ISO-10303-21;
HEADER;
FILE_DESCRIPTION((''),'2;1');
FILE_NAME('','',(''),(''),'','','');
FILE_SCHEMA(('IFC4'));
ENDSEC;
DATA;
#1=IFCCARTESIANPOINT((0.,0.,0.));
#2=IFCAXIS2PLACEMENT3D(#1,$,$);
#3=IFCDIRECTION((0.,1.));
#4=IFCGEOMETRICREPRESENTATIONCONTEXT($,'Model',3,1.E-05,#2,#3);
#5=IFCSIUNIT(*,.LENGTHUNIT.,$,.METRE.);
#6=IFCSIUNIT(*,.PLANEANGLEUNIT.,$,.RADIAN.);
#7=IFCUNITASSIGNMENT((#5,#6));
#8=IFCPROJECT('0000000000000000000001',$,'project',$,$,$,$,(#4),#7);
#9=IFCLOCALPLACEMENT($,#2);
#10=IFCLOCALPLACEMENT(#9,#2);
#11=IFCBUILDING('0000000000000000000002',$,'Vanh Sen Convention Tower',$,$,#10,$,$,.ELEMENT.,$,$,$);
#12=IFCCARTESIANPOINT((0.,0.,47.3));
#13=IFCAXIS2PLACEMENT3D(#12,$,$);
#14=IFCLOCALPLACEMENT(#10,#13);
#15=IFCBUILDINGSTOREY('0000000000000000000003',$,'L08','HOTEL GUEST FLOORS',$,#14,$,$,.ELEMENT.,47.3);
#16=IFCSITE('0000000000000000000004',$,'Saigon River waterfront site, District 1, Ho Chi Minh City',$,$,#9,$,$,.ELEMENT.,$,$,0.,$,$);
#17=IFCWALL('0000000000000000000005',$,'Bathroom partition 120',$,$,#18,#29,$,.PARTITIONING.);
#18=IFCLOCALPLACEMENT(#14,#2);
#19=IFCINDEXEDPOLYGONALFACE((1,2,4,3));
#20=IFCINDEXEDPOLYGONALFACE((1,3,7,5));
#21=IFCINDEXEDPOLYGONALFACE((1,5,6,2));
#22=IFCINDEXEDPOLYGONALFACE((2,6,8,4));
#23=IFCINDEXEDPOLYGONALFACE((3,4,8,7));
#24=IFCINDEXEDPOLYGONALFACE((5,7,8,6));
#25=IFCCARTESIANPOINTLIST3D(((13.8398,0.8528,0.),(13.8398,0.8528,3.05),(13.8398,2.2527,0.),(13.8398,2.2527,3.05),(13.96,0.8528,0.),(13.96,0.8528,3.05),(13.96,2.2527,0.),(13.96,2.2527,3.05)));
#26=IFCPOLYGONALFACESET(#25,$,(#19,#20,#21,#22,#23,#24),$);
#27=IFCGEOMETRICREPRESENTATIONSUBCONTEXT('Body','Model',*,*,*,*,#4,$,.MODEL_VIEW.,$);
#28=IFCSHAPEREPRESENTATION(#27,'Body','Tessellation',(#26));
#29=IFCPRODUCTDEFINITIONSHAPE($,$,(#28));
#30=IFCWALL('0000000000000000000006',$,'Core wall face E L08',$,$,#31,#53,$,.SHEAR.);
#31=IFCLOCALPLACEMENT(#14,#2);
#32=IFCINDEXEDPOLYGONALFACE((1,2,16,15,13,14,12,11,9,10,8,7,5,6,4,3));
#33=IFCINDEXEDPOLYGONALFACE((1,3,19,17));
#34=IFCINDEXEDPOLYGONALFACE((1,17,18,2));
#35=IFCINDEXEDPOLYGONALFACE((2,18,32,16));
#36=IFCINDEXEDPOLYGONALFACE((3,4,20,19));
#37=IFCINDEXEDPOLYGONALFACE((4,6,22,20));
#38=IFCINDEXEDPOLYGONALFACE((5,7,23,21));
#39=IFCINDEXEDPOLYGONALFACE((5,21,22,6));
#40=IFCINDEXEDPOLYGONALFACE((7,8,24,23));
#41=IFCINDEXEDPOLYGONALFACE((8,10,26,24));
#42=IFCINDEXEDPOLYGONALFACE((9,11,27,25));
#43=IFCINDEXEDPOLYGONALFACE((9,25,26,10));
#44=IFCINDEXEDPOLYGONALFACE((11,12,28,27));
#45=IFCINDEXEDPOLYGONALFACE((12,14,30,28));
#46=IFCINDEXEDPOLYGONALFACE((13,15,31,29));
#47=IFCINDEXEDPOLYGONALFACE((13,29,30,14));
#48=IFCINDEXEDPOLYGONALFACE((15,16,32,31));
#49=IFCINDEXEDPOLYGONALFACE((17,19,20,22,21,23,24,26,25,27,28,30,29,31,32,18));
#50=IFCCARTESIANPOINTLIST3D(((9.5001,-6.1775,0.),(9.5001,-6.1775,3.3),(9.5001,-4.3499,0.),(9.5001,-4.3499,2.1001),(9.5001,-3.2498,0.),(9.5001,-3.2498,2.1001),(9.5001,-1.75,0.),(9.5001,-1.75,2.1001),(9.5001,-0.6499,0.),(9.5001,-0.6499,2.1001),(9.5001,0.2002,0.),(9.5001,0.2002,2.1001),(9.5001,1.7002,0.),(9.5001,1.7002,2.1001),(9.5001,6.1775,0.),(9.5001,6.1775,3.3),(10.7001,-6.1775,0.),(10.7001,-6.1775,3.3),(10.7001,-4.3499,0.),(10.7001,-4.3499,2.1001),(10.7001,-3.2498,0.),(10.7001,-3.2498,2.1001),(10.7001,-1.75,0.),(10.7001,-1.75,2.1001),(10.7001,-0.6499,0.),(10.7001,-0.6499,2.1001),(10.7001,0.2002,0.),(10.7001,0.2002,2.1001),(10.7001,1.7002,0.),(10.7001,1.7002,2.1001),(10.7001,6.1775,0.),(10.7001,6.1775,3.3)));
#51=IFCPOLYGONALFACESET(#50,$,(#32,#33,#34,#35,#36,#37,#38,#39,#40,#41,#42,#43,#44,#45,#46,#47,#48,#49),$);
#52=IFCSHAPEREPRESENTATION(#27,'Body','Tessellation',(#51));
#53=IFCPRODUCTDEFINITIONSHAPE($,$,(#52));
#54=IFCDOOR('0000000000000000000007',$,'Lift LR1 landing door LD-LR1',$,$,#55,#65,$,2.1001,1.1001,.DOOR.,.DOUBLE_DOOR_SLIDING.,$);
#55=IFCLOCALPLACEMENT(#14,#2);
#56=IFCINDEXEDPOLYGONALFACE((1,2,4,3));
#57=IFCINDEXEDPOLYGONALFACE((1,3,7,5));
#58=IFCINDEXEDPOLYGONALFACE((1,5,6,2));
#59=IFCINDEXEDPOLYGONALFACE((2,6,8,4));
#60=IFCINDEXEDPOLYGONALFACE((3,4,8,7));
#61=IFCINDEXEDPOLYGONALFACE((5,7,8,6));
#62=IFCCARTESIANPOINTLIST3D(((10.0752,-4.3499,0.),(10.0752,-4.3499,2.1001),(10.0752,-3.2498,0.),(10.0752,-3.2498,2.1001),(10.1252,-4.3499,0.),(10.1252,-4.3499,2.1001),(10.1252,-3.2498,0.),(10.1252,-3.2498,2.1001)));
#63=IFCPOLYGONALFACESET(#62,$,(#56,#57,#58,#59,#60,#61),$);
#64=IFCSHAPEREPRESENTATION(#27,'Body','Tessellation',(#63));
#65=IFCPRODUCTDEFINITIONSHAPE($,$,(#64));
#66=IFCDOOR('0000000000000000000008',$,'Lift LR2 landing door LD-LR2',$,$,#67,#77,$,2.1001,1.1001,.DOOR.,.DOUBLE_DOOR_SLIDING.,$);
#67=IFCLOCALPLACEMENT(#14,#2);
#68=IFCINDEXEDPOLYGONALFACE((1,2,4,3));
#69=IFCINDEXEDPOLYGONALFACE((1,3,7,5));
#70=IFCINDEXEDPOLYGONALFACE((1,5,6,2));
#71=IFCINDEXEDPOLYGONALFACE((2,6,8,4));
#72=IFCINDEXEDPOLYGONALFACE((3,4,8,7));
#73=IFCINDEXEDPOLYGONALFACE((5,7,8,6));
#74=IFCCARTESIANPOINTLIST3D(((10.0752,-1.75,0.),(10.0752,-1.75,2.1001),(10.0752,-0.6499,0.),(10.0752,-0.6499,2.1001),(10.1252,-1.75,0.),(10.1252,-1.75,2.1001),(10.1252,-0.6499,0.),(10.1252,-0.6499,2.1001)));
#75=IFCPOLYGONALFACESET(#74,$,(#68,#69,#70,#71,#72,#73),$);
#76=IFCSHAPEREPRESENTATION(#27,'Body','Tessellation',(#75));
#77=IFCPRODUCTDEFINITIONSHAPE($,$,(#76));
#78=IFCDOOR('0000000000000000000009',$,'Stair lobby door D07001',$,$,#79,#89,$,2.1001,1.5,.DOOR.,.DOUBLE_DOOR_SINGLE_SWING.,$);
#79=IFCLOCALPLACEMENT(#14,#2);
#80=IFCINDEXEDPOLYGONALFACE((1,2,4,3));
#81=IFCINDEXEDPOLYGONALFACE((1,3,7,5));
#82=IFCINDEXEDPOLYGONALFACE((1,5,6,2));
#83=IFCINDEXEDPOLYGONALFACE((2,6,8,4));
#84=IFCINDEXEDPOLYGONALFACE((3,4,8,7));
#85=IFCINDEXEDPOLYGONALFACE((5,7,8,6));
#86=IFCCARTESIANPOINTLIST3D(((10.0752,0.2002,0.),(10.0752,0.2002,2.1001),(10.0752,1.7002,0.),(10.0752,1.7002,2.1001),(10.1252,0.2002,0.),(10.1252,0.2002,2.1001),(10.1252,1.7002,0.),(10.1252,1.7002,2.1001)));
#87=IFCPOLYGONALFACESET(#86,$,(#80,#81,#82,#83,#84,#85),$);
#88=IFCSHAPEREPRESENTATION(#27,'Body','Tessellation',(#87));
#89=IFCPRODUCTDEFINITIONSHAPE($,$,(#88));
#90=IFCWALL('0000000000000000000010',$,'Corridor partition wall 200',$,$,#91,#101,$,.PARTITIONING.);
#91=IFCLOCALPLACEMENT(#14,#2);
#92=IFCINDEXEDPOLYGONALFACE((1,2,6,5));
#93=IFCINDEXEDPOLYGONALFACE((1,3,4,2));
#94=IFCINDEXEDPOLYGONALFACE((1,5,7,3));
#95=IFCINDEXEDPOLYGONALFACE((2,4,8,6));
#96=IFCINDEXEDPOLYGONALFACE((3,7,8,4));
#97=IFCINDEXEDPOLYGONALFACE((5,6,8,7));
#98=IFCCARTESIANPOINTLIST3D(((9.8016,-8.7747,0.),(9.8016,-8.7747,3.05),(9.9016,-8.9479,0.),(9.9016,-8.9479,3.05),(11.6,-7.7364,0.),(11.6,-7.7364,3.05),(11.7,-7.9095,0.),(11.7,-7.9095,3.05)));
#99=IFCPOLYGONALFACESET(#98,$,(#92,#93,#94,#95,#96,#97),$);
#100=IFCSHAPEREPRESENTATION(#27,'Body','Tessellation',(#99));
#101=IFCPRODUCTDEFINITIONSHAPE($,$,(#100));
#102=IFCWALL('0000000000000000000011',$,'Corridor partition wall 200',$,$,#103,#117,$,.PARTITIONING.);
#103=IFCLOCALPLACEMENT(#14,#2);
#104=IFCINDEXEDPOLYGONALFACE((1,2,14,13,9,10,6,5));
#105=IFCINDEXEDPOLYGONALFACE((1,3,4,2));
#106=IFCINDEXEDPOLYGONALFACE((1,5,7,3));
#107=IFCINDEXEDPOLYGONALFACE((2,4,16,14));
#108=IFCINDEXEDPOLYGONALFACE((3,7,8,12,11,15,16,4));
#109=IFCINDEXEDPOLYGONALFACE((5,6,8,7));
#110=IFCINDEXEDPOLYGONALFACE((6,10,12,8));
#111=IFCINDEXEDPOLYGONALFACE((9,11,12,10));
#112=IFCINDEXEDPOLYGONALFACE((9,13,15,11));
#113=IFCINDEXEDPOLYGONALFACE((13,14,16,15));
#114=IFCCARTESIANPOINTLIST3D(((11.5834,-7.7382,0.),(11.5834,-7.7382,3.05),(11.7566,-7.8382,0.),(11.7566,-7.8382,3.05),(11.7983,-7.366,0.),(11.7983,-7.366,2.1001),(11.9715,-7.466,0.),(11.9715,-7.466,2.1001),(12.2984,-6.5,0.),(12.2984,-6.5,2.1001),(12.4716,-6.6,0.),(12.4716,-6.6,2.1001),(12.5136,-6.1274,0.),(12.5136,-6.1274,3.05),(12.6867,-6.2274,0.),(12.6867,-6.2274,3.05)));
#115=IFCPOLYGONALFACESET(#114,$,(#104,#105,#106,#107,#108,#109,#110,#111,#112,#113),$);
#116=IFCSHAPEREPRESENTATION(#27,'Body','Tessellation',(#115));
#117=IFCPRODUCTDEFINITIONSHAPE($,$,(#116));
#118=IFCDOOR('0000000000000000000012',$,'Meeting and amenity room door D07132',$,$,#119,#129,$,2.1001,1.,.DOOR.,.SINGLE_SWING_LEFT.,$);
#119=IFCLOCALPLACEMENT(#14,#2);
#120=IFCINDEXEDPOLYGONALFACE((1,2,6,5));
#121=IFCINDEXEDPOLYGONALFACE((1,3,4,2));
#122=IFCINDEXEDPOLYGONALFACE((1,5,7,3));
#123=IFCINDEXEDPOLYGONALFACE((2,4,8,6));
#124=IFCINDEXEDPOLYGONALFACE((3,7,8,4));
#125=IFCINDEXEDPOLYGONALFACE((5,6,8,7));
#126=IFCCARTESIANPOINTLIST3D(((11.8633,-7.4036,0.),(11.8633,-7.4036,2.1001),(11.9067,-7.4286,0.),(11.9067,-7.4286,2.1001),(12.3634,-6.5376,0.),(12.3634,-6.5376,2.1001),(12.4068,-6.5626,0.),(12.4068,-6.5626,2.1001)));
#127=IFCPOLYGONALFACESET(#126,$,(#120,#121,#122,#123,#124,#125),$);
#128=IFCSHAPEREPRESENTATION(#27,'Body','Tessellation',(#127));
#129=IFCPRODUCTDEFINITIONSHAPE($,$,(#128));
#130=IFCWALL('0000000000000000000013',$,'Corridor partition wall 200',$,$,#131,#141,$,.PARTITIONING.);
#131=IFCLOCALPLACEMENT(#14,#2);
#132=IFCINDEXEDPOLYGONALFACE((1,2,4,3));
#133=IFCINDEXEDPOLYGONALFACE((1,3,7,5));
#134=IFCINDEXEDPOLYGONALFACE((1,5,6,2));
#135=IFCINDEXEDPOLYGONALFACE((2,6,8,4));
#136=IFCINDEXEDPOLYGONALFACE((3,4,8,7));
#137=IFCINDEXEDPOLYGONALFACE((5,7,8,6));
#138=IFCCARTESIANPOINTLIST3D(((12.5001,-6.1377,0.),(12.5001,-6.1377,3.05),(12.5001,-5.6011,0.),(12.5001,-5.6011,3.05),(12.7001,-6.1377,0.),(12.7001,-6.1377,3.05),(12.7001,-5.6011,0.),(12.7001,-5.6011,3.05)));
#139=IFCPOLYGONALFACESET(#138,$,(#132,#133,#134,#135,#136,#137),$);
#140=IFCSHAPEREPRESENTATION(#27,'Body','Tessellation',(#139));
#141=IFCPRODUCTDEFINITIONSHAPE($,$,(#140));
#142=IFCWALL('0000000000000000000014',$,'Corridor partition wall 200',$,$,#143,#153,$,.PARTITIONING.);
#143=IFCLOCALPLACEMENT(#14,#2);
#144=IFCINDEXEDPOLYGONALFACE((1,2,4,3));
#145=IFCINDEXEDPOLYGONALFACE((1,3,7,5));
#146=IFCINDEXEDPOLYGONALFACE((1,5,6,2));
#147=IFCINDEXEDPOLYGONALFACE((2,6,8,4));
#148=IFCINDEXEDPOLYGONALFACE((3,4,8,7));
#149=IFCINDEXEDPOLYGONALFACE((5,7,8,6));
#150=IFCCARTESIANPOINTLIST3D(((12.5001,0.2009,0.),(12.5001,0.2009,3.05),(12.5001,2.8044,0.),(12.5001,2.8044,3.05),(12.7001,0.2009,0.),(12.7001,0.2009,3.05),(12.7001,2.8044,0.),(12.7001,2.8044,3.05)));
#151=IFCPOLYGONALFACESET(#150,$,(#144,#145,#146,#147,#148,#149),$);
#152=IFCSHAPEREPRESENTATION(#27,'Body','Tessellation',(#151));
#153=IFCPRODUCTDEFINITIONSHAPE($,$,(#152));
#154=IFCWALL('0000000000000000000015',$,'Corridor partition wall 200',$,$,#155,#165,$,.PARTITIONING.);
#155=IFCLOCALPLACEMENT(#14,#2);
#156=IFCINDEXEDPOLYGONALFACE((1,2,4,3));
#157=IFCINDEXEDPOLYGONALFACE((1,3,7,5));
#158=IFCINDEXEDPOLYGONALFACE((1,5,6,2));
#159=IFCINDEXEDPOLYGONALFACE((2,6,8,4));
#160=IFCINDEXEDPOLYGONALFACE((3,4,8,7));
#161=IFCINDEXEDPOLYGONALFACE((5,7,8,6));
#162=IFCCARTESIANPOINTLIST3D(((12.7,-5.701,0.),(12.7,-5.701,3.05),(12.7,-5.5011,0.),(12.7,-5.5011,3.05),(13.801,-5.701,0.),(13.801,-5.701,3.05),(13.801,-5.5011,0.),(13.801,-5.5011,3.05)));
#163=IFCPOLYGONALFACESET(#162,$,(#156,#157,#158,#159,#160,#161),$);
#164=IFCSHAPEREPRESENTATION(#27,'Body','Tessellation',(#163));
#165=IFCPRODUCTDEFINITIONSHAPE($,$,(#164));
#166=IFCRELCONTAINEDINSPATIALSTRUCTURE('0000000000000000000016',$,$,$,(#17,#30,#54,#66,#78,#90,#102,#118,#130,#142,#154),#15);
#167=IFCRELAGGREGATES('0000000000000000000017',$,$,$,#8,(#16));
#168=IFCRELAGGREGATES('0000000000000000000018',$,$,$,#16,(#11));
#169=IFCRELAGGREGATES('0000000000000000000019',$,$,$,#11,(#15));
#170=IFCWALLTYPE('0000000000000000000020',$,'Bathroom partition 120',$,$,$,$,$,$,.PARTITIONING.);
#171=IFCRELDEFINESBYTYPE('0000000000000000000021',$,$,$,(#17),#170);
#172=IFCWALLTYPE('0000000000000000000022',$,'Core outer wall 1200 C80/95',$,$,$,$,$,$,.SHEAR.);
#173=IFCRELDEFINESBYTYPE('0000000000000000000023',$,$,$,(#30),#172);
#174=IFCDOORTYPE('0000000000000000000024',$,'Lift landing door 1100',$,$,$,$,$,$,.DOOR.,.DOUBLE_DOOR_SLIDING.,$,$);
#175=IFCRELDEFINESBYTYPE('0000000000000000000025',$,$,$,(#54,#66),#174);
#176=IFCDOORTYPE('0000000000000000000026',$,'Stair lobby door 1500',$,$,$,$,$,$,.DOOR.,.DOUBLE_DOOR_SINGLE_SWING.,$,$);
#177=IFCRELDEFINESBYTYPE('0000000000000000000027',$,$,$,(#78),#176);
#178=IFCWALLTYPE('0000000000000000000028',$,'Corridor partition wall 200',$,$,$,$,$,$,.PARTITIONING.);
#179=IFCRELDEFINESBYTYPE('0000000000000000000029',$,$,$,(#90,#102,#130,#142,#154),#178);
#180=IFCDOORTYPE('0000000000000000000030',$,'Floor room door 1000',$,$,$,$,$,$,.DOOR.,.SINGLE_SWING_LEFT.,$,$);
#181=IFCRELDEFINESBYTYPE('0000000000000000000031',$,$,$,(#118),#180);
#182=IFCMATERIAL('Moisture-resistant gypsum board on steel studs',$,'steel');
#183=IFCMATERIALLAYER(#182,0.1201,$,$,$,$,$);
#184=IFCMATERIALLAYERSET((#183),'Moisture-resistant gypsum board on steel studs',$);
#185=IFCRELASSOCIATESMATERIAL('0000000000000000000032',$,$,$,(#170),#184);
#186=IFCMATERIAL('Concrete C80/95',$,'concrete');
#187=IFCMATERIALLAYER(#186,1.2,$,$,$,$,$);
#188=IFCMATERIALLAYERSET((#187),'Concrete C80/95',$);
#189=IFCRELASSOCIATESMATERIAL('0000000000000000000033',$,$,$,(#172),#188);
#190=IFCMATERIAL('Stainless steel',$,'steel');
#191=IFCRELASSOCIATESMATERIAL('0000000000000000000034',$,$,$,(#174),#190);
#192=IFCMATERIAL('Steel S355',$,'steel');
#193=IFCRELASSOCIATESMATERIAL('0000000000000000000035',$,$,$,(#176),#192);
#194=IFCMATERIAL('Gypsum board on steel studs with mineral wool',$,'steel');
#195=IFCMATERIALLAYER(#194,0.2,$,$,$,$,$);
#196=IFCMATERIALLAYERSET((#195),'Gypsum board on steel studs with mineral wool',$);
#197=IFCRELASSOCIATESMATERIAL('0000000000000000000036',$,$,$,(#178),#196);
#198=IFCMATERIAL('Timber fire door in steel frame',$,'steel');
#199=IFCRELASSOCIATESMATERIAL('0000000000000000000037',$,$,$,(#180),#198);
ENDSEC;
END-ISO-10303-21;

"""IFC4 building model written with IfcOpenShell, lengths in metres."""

from ifc_helpers import new_model, si_unit, direction, frame, frame_2d, origin, place, context, subcontext, project, spatial, rectangle, extrude, material, layer, layer_set, type_object, element, fill, save


model = new_model("IFC4")

# Units and contexts
model_context = context("Model", 3, precision=1e-05, world=origin(), true_north=direction((0.0, 1.0)))
body_context = subcontext(model_context, "Body", "Model", "MODEL_VIEW")
ifc_project = project(units=[si_unit("LENGTHUNIT", "METRE"), si_unit("PLANEANGLEUNIT", "RADIAN")], contexts=[model_context])

# Site, building, storey
site_placement = place(None, origin())
site = spatial("IfcSite", under=ifc_project, at=site_placement, Name="Saigon River waterfront site, District 1, Ho Chi Minh City", CompositionType="ELEMENT", RefElevation=0.0)
building_placement = place(site_placement, origin())
building = spatial("IfcBuilding", under=site, at=building_placement, Name="Vanh Sen Convention Tower", CompositionType="ELEMENT")
storey_placement = place(building_placement, frame((0.0, 0.0, 47.3)))
storey = spatial("IfcBuildingStorey", under=building, at=storey_placement, Name="L08", Description="HOTEL GUEST FLOORS", CompositionType="ELEMENT", Elevation=47.3)

# Wall
ifc_material_1 = material(Name="Moisture-resistant gypsum board on steel studs", Category="steel")
ifc_layer_1 = layer(ifc_material_1, 0.1201)
ifc_layer_set_1 = layer_set([ifc_layer_1], Name="Moisture-resistant gypsum board on steel studs")
wall_type_1 = type_object("IfcWallType", Name="Bathroom partition 120", PredefinedType="PARTITIONING", material=ifc_layer_set_1)
wall_1_placement = place(storey_placement, frame((13.8999, 0.8528, 0.0), z_axis=(0.0, 0.0, 1.0), x_axis=(0.0, 1.0, 0.0)))
element("IfcWall", 1, at=wall_1_placement, inside=storey, type_object=wall_type_1, Name="Bathroom partition 120", PredefinedType="PARTITIONING", context=body_context, shape_type="SweptSolid", body=[
    extrude(rectangle(XDim=1.3999, YDim=0.1201, at=frame_2d((0.7, 0.0))), origin(), (0.0, 0.0, 1.0), 3.05),
])

# Wall, openings, doors
ifc_material_2 = material(Name="Concrete C80/95", Category="concrete")
ifc_layer_2 = layer(ifc_material_2, 1.2)
ifc_layer_set_2 = layer_set([ifc_layer_2], Name="Concrete C80/95")
wall_type_2 = type_object("IfcWallType", Name="Core outer wall 1200 C80/95", PredefinedType="SHEAR", material=ifc_layer_set_2)
wall_2_placement = place(storey_placement, frame((10.1001, -6.1775, 0.0), z_axis=(0.0, 0.0, 1.0), x_axis=(0.0, 1.0, 0.0)))
wall_2 = element("IfcWall", 2, at=wall_2_placement, inside=storey, type_object=wall_type_2, Name="Core wall face E L08", PredefinedType="SHEAR", context=body_context, shape_type="SweptSolid", body=[
    extrude(rectangle(XDim=12.355, YDim=1.2, at=frame_2d((6.1775, 0.0))), origin(), (0.0, 0.0, 1.0), 3.3),
])
opening_1_placement = place(wall_2_placement, frame((6.3777, 0.0, 0.0)))
opening_1 = element("IfcOpeningElement", 3, at=opening_1_placement, cuts=wall_2, PredefinedType="OPENING", context=body_context, shape_type="SweptSolid", body=[
    extrude(rectangle(XDim=1.5, YDim=2.1001, at=frame_2d((0.75, 1.05))), frame((0.0, 0.6099, 0.0), z_axis=(0.0, -1.0, 0.0), x_axis=(1.0, 0.0, 0.0)), (0.0, 0.0, 1.0), 1.22),
])
opening_2_placement = place(wall_2_placement, frame((1.8276, 0.0, 0.0)))
opening_2 = element("IfcOpeningElement", 4, at=opening_2_placement, cuts=wall_2, PredefinedType="OPENING", context=body_context, shape_type="SweptSolid", body=[
    extrude(rectangle(XDim=1.1001, YDim=2.1001, at=frame_2d((0.55, 1.05))), frame((0.0, 0.6099, 0.0), z_axis=(0.0, -1.0, 0.0), x_axis=(1.0, 0.0, 0.0)), (0.0, 0.0, 1.0), 1.22),
])
opening_3_placement = place(wall_2_placement, frame((4.4275, 0.0, 0.0)))
opening_3 = element("IfcOpeningElement", 5, at=opening_3_placement, cuts=wall_2, PredefinedType="OPENING", context=body_context, shape_type="SweptSolid", body=[
    extrude(rectangle(XDim=1.1001, YDim=2.1001, at=frame_2d((0.55, 1.05))), frame((0.0, 0.6099, 0.0), z_axis=(0.0, -1.0, 0.0), x_axis=(1.0, 0.0, 0.0)), (0.0, 0.0, 1.0), 1.22),
])
ifc_material_3 = material(Name="Stainless steel", Category="steel")
door_type_1 = type_object("IfcDoorType", Name="Lift landing door 1100", OperationType="DOUBLE_DOOR_SLIDING", PredefinedType="DOOR", material=ifc_material_3)
door_1_placement = place(opening_2_placement, origin())
door_1 = element("IfcDoor", 6, at=door_1_placement, inside=storey, type_object=door_type_1, Name="Lift LR1 landing door LD-LR1", OperationType="DOUBLE_DOOR_SLIDING", OverallHeight=2.1001, OverallWidth=1.1001, PredefinedType="DOOR", context=body_context, shape_type="SweptSolid", body=[
    extrude(rectangle(XDim=1.1001, YDim=2.1001, at=frame_2d((0.55, 1.05))), frame((0.0, 0.0249, 0.0), z_axis=(0.0, -1.0, 0.0), x_axis=(1.0, 0.0, 0.0)), (0.0, 0.0, 1.0), 0.05),
])
fill(opening_2, door_1)
door_2_placement = place(opening_3_placement, origin())
door_2 = element("IfcDoor", 7, at=door_2_placement, inside=storey, type_object=door_type_1, Name="Lift LR2 landing door LD-LR2", OperationType="DOUBLE_DOOR_SLIDING", OverallHeight=2.1001, OverallWidth=1.1001, PredefinedType="DOOR", context=body_context, shape_type="SweptSolid", body=[
    extrude(rectangle(XDim=1.1001, YDim=2.1001, at=frame_2d((0.55, 1.05))), frame((0.0, 0.0249, 0.0), z_axis=(0.0, -1.0, 0.0), x_axis=(1.0, 0.0, 0.0)), (0.0, 0.0, 1.0), 0.05),
])
fill(opening_3, door_2)
ifc_material_4 = material(Name="Steel S355", Category="steel")
door_type_2 = type_object("IfcDoorType", Name="Stair lobby door 1500", OperationType="DOUBLE_DOOR_SINGLE_SWING", PredefinedType="DOOR", material=ifc_material_4)
door_3_placement = place(opening_1_placement, origin())
door_3 = element("IfcDoor", 8, at=door_3_placement, inside=storey, type_object=door_type_2, Name="Stair lobby door D07001", OperationType="DOUBLE_DOOR_SINGLE_SWING", OverallHeight=2.1001, OverallWidth=1.5, PredefinedType="DOOR", context=body_context, shape_type="SweptSolid", body=[
    extrude(rectangle(XDim=1.5, YDim=2.1001, at=frame_2d((0.75, 1.05))), frame((0.0, 0.0249, 0.0), z_axis=(0.0, -1.0, 0.0), x_axis=(1.0, 0.0, 0.0)), (0.0, 0.0, 1.0), 0.05),
])
fill(opening_1, door_3)

# Wall
ifc_material_5 = material(Name="Gypsum board on steel studs with mineral wool", Category="steel")
ifc_layer_3 = layer(ifc_material_5, 0.2)
ifc_layer_set_3 = layer_set([ifc_layer_3], Name="Gypsum board on steel studs with mineral wool")
wall_type_3 = type_object("IfcWallType", Name="Corridor partition wall 200", PredefinedType="PARTITIONING", material=ifc_layer_set_3)
wall_3_placement = place(storey_placement, frame((9.8516, -8.8613, 0.0), z_axis=(0.0, 0.0, 1.0), x_axis=(0.866013, 0.500021, 0.0)))
element("IfcWall", 9, at=wall_3_placement, inside=storey, type_object=wall_type_3, Name="Corridor partition wall 200", PredefinedType="PARTITIONING", context=body_context, shape_type="SweptSolid", body=[
    extrude(rectangle(XDim=2.0767, YDim=0.2, at=frame_2d((1.0383, 0.0))), origin(), (0.0, 0.0, 1.0), 3.05),
])

# Wall, opening, door
wall_4_placement = place(storey_placement, frame((11.6699, -7.7883, 0.0), z_axis=(0.0, 0.0, 1.0), x_axis=(0.500063, 0.865989, 0.0)))
wall_4 = element("IfcWall", 10, at=wall_4_placement, inside=storey, type_object=wall_type_3, Name="Corridor partition wall 200", PredefinedType="PARTITIONING", context=body_context, shape_type="SweptSolid", body=[
    extrude(rectangle(XDim=1.8601, YDim=0.2, at=frame_2d((0.9302, 0.0))), origin(), (0.0, 0.0, 1.0), 3.05),
])
opening_4_placement = place(wall_4_placement, frame((0.4299, 0.0, 0.0)))
opening_4 = element("IfcOpeningElement", 11, at=opening_4_placement, cuts=wall_4, PredefinedType="OPENING", context=body_context, shape_type="SweptSolid", body=[
    extrude(rectangle(XDim=1.0, YDim=2.1001, at=frame_2d((0.5, 1.05))), frame((0.0, 0.1099, 0.0), z_axis=(0.0, -1.0, 0.0), x_axis=(1.0, 0.0, 0.0)), (0.0, 0.0, 1.0), 0.22),
])
ifc_material_6 = material(Name="Timber fire door in steel frame", Category="steel")
door_type_3 = type_object("IfcDoorType", Name="Floor room door 1000", OperationType="SINGLE_SWING_LEFT", PredefinedType="DOOR", material=ifc_material_6)
door_4_placement = place(opening_4_placement, origin())
door_4 = element("IfcDoor", 12, at=door_4_placement, inside=storey, type_object=door_type_3, Name="Meeting and amenity room door D07132", OperationType="SINGLE_SWING_LEFT", OverallHeight=2.1001, OverallWidth=1.0, PredefinedType="DOOR", context=body_context, shape_type="SweptSolid", body=[
    extrude(rectangle(XDim=1.0, YDim=2.1001, at=frame_2d((0.5, 1.05))), frame((0.0, 0.0249, 0.0), z_axis=(0.0, -1.0, 0.0), x_axis=(1.0, 0.0, 0.0)), (0.0, 0.0, 1.0), 0.05),
])
fill(opening_4, door_4)

# Walls
wall_5_placement = place(storey_placement, frame((12.6001, -6.1377, 0.0), z_axis=(0.0, 0.0, 1.0), x_axis=(0.0, 1.0, 0.0)))
element("IfcWall", 13, at=wall_5_placement, inside=storey, type_object=wall_type_3, Name="Corridor partition wall 200", PredefinedType="PARTITIONING", context=body_context, shape_type="SweptSolid", body=[
    extrude(rectangle(XDim=0.5366, YDim=0.2, at=frame_2d((0.2683, 0.0))), origin(), (0.0, 0.0, 1.0), 3.05),
])
wall_6_placement = place(storey_placement, frame((12.6001, 0.2009, 0.0), z_axis=(0.0, 0.0, 1.0), x_axis=(0.0, 1.0, 0.0)))
element("IfcWall", 14, at=wall_6_placement, inside=storey, type_object=wall_type_3, Name="Corridor partition wall 200", PredefinedType="PARTITIONING", context=body_context, shape_type="SweptSolid", body=[
    extrude(rectangle(XDim=2.6035, YDim=0.2, at=frame_2d((1.3018, 0.0))), origin(), (0.0, 0.0, 1.0), 3.05),
])
wall_7_placement = place(storey_placement, frame((12.7, -5.6011, 0.0), z_axis=(0.0, 0.0, 1.0), x_axis=(1.0, 0.0, 0.0)))
element("IfcWall", 15, at=wall_7_placement, inside=storey, type_object=wall_type_3, Name="Corridor partition wall 200", PredefinedType="PARTITIONING", context=body_context, shape_type="SweptSolid", body=[
    extrude(rectangle(XDim=1.1011, YDim=0.2, at=frame_2d((0.5505, 0.0))), origin(), (0.0, 0.0, 1.0), 3.05),
])

save(model, "model.ifc")
